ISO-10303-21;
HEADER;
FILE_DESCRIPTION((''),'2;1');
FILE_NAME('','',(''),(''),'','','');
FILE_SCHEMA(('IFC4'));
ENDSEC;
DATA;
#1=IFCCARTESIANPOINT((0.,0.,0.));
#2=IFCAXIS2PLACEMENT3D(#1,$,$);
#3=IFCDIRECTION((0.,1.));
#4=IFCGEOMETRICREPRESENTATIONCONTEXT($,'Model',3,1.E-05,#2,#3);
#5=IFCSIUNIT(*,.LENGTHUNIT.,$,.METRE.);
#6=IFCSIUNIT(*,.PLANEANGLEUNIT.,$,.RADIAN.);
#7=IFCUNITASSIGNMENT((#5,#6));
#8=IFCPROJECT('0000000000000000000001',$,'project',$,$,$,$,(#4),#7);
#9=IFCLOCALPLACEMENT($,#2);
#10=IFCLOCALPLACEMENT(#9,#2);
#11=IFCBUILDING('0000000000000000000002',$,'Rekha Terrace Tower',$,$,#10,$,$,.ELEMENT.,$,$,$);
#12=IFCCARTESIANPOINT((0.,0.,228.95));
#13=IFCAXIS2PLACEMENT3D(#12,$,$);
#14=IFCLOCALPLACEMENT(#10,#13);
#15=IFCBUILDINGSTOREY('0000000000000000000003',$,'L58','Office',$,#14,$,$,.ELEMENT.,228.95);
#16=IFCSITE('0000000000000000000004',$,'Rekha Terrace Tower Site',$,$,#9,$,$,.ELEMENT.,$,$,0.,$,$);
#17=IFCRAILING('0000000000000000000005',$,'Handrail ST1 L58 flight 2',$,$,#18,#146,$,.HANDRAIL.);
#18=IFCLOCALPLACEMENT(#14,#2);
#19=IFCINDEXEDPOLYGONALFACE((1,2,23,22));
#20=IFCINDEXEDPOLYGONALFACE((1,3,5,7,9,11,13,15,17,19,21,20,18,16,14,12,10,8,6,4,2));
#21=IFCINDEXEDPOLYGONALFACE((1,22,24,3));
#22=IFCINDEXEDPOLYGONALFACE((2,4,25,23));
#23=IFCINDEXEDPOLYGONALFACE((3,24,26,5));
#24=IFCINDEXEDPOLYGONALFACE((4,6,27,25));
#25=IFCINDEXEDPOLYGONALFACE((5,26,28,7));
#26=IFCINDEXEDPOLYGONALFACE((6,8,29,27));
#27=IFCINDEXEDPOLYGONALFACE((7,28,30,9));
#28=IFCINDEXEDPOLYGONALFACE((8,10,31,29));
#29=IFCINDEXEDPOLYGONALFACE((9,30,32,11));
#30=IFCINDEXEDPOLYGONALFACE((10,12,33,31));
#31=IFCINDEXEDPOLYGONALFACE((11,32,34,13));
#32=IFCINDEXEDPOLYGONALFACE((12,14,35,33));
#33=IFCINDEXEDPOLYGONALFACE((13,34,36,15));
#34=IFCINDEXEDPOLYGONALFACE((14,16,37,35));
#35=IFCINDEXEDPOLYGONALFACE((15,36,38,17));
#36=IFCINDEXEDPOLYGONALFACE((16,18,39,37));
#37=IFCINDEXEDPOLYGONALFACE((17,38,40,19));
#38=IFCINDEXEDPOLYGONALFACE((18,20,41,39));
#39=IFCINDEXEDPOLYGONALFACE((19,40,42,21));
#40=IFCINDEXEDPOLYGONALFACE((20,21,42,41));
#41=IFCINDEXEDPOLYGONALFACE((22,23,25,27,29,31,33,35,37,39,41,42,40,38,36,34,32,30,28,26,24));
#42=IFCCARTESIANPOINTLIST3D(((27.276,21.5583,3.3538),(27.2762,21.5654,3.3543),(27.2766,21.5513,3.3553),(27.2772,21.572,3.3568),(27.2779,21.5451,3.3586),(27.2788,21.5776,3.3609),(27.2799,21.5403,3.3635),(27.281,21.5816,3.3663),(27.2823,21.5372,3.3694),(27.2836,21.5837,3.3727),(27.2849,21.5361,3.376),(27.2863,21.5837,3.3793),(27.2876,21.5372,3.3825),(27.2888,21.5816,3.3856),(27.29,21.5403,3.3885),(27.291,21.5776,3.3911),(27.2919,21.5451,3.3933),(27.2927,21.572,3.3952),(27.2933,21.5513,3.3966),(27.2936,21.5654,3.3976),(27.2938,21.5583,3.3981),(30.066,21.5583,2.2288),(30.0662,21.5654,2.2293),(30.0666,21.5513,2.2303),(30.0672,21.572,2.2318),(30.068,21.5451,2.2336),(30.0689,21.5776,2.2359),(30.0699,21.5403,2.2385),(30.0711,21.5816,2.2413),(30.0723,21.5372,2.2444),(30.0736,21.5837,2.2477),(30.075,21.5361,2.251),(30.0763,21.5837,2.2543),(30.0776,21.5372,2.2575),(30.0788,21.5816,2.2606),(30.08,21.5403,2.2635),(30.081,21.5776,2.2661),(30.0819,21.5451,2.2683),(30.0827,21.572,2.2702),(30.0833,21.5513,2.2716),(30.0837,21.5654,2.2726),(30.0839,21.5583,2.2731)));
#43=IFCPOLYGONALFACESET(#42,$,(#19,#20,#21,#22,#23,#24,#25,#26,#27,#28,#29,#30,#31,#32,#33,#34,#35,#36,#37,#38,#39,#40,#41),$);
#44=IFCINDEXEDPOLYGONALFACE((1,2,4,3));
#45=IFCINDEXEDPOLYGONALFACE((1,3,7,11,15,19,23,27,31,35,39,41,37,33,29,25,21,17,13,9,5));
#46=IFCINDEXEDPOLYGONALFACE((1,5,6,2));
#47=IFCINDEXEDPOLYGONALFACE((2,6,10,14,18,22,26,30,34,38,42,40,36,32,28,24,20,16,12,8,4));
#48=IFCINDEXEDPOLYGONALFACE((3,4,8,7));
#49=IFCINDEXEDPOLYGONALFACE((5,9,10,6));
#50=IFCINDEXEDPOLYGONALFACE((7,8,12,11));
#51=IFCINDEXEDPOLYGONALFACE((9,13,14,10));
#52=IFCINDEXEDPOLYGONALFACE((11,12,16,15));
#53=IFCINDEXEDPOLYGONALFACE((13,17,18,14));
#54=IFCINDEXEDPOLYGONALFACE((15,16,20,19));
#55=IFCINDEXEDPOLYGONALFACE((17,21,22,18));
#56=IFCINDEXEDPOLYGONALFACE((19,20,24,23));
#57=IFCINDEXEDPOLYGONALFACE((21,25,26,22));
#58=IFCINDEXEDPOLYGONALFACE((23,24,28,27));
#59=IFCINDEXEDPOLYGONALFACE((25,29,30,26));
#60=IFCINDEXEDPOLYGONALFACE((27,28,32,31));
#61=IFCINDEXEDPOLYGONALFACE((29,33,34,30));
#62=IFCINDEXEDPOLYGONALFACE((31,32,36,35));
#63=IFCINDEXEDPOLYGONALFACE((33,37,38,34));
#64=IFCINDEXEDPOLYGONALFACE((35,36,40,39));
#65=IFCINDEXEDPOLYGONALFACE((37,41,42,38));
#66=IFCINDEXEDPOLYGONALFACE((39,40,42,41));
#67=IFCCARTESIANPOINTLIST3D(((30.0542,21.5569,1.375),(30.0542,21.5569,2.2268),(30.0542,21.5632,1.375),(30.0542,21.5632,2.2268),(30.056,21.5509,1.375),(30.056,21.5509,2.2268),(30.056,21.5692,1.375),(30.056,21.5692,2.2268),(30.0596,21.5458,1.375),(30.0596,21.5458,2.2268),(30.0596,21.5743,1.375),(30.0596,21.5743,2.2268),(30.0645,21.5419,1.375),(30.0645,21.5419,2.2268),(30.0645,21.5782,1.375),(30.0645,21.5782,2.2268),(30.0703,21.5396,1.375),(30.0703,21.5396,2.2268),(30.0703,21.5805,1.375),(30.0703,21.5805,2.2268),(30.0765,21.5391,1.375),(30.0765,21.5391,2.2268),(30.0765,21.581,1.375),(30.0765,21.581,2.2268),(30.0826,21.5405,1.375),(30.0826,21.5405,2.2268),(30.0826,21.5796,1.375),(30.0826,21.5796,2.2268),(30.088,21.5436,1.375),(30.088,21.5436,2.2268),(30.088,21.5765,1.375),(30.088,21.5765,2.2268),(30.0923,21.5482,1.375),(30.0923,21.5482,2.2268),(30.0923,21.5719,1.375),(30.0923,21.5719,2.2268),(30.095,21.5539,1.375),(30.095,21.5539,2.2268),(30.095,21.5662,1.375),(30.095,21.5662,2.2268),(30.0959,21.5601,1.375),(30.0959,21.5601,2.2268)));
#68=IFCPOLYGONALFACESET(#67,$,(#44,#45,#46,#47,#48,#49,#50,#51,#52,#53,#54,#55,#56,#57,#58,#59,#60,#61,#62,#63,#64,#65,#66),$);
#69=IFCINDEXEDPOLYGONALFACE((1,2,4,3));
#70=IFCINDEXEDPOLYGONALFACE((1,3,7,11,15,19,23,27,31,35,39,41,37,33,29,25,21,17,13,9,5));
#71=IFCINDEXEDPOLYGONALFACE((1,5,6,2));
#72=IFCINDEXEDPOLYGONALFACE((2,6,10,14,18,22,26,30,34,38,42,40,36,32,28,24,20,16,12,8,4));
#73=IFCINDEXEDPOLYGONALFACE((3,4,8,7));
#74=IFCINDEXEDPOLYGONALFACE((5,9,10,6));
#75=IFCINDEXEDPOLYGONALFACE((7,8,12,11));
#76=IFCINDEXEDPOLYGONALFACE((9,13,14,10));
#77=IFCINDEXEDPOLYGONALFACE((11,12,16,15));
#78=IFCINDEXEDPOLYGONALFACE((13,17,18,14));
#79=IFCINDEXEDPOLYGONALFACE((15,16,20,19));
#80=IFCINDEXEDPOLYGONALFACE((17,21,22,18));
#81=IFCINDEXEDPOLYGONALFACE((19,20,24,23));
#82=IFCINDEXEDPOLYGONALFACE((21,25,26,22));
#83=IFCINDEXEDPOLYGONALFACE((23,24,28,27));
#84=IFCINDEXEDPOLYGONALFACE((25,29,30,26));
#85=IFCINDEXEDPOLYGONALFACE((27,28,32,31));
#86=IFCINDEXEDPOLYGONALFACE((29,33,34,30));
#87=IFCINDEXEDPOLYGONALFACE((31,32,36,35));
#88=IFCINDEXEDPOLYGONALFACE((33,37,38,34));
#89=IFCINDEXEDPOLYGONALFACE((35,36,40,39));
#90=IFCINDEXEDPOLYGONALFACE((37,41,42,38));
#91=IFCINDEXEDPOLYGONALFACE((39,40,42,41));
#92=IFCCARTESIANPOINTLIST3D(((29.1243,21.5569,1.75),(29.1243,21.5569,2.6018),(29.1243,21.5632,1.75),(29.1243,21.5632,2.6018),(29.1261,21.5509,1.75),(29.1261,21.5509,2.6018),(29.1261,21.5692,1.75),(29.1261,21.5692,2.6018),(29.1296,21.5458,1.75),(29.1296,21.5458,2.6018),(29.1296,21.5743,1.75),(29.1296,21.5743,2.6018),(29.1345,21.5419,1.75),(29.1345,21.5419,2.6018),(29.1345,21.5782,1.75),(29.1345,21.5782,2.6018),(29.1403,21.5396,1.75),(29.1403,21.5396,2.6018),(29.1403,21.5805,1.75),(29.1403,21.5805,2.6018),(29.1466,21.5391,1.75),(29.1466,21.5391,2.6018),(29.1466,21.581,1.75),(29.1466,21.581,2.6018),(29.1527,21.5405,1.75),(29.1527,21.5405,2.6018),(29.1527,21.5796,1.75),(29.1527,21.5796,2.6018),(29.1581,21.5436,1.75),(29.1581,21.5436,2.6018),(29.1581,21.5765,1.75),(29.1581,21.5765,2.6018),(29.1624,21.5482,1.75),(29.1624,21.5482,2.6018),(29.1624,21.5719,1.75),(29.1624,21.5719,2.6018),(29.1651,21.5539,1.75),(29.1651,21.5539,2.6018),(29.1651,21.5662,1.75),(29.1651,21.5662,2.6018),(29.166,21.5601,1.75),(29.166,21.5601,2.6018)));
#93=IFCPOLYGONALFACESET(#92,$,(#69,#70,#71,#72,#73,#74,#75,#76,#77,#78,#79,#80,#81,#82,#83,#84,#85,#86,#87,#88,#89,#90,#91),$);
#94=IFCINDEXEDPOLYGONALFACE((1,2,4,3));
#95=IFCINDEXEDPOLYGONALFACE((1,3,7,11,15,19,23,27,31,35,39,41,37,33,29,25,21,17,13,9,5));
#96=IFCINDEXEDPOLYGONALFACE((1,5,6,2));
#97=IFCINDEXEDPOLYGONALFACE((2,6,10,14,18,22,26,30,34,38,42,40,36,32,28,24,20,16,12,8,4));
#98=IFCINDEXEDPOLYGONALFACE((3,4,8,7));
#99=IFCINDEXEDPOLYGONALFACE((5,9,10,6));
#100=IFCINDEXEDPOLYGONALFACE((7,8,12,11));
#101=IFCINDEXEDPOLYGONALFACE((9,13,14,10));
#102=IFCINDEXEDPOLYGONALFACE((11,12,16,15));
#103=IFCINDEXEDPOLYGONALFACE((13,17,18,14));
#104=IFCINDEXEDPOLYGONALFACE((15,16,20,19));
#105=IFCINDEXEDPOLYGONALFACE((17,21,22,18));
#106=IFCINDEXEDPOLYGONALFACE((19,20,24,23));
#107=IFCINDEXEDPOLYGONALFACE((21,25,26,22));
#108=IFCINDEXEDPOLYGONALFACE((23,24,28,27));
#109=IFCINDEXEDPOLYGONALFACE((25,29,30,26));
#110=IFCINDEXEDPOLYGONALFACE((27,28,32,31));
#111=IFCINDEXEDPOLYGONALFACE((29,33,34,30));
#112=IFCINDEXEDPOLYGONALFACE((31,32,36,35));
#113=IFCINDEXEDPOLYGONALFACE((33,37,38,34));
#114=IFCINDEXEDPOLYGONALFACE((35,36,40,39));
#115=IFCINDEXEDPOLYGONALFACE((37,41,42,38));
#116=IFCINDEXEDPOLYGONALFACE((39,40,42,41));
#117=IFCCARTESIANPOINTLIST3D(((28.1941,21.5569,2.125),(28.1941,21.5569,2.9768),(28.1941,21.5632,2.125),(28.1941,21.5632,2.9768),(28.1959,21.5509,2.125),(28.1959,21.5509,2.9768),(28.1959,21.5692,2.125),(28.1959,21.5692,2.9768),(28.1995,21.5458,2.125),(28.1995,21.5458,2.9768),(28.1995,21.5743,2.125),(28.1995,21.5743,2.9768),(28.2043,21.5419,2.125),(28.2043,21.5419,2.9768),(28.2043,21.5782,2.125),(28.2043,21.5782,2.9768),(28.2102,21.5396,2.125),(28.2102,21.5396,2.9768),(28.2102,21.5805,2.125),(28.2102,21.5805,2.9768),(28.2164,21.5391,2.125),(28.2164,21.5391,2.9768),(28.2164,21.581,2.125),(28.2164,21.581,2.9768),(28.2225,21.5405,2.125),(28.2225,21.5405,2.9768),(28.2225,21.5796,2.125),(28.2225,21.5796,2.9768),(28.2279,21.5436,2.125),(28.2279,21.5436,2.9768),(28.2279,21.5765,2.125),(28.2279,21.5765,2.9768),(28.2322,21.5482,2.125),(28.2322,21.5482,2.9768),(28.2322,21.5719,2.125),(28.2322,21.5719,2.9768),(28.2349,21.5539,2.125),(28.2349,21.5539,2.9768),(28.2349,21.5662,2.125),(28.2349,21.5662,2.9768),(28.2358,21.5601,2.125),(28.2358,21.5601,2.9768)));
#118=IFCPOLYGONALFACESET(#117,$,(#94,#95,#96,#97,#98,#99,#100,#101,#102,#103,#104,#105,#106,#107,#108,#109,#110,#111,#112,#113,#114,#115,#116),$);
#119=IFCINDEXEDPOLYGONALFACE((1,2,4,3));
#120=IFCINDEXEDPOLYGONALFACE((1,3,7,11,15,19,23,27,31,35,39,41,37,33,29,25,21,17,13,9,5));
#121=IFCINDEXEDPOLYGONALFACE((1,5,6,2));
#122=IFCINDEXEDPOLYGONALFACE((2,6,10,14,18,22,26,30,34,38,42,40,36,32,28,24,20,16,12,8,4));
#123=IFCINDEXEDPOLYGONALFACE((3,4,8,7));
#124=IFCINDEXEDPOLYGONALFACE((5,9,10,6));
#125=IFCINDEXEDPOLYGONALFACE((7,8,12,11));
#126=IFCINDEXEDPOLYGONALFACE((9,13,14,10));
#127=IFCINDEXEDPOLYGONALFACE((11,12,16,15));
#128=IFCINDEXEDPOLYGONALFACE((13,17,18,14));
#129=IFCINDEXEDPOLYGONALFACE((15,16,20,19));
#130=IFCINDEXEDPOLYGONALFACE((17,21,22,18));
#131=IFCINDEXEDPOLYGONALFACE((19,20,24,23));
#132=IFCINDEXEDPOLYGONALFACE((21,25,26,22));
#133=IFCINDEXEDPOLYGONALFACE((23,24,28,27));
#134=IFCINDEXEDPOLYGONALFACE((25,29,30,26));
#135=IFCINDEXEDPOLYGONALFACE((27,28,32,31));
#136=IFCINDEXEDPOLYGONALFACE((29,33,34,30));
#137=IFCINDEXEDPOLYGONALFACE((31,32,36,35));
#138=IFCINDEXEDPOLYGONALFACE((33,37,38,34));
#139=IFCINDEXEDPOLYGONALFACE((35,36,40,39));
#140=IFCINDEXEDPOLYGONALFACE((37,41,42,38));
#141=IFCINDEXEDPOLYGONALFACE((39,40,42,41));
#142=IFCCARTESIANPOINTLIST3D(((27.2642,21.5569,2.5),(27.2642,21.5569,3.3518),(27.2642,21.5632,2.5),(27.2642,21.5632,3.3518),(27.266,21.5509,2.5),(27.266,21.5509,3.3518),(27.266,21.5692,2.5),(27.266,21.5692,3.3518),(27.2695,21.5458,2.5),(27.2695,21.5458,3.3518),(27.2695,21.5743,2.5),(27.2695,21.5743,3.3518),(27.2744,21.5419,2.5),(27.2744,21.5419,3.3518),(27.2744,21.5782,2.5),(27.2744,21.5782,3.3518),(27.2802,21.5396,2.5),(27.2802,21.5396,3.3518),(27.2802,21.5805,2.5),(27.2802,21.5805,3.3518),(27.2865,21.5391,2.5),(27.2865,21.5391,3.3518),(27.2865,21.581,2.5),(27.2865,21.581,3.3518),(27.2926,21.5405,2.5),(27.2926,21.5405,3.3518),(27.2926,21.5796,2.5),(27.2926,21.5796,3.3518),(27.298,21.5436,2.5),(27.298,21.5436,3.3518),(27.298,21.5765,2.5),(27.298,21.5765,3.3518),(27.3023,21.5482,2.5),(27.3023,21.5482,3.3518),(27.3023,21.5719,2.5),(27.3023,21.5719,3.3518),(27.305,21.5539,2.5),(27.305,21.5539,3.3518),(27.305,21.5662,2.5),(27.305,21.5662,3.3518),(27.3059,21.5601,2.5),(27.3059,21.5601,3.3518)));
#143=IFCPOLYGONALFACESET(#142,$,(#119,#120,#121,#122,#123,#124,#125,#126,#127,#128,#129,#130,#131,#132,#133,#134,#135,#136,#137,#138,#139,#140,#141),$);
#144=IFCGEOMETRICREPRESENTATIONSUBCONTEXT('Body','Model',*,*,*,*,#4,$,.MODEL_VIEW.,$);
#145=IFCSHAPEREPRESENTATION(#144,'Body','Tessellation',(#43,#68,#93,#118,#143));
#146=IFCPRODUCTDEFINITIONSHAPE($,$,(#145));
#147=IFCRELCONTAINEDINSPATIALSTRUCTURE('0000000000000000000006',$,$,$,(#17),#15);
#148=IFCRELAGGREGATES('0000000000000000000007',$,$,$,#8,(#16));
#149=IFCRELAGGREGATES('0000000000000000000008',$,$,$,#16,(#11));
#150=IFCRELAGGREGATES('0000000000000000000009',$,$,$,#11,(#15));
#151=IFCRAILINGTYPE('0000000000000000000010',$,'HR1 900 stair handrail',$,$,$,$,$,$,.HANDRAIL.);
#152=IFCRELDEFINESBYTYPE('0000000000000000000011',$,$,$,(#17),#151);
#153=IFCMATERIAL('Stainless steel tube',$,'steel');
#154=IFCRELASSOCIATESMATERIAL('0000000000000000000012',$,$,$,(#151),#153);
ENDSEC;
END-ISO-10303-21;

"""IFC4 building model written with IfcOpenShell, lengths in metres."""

from ifc_helpers import new_model, si_unit, direction, frame, origin, origin_2d, place, context, subcontext, project, spatial, circle, extrude, material, type_object, element, save


model = new_model("IFC4")

# Units and contexts
model_context = context("Model", 3, precision=1e-05, world=origin(), true_north=direction((0.0, 1.0)))
body_context = subcontext(model_context, "Body", "Model", "MODEL_VIEW")
ifc_project = project(units=[si_unit("LENGTHUNIT", "METRE"), si_unit("PLANEANGLEUNIT", "RADIAN")], contexts=[model_context])

# Site, building, storey
site_placement = place(None, origin())
site = spatial("IfcSite", under=ifc_project, at=site_placement, Name="Rekha Terrace Tower Site", CompositionType="ELEMENT", RefElevation=0.0)
building_placement = place(site_placement, origin())
building = spatial("IfcBuilding", under=site, at=building_placement, Name="Rekha Terrace Tower", CompositionType="ELEMENT")
storey_placement = place(building_placement, frame((0.0, 0.0, 228.95)))
storey = spatial("IfcBuildingStorey", under=building, at=storey_placement, Name="L58", Description="Office", CompositionType="ELEMENT", Elevation=228.95)

# Railing
ifc_material_1 = material(Name="Stainless steel tube", Category="steel")
railing_type_1 = type_object("IfcRailingType", Name="HR1 900 stair handrail", PredefinedType="HANDRAIL", material=ifc_material_1)
railing_1_placement = place(storey_placement, frame((30.075, 21.5601, 1.375)))
element("IfcRailing", 1, at=railing_1_placement, inside=storey, type_object=railing_type_1, Name="Handrail ST1 L58 flight 2", PredefinedType="HANDRAIL", context=body_context, shape_type="SweptSolid", body=[
    extrude(circle(Radius=0.0239, at=origin_2d()), frame((0.0, 0.0, 0.876), z_axis=(-0.927443, 0.0, 0.373964), x_axis=(0.0, -1.0, 0.0)), (0.0, 0.0, 1.0), 3.0083),
    extrude(circle(Radius=0.021, at=origin_2d()), origin(), (0.0, 0.0, 1.0), 0.8518),
    extrude(circle(Radius=0.021, at=origin_2d()), frame((-0.9299, 0.0, 0.375)), (0.0, 0.0, 1.0), 0.8518),
    extrude(circle(Radius=0.021, at=origin_2d()), frame((-1.8601, 0.0, 0.75)), (0.0, 0.0, 1.0), 0.8518),
    extrude(circle(Radius=0.021, at=origin_2d()), frame((-2.79, 0.0, 1.125)), (0.0, 0.0, 1.0), 0.8518),
])

save(model, "model.ifc")
